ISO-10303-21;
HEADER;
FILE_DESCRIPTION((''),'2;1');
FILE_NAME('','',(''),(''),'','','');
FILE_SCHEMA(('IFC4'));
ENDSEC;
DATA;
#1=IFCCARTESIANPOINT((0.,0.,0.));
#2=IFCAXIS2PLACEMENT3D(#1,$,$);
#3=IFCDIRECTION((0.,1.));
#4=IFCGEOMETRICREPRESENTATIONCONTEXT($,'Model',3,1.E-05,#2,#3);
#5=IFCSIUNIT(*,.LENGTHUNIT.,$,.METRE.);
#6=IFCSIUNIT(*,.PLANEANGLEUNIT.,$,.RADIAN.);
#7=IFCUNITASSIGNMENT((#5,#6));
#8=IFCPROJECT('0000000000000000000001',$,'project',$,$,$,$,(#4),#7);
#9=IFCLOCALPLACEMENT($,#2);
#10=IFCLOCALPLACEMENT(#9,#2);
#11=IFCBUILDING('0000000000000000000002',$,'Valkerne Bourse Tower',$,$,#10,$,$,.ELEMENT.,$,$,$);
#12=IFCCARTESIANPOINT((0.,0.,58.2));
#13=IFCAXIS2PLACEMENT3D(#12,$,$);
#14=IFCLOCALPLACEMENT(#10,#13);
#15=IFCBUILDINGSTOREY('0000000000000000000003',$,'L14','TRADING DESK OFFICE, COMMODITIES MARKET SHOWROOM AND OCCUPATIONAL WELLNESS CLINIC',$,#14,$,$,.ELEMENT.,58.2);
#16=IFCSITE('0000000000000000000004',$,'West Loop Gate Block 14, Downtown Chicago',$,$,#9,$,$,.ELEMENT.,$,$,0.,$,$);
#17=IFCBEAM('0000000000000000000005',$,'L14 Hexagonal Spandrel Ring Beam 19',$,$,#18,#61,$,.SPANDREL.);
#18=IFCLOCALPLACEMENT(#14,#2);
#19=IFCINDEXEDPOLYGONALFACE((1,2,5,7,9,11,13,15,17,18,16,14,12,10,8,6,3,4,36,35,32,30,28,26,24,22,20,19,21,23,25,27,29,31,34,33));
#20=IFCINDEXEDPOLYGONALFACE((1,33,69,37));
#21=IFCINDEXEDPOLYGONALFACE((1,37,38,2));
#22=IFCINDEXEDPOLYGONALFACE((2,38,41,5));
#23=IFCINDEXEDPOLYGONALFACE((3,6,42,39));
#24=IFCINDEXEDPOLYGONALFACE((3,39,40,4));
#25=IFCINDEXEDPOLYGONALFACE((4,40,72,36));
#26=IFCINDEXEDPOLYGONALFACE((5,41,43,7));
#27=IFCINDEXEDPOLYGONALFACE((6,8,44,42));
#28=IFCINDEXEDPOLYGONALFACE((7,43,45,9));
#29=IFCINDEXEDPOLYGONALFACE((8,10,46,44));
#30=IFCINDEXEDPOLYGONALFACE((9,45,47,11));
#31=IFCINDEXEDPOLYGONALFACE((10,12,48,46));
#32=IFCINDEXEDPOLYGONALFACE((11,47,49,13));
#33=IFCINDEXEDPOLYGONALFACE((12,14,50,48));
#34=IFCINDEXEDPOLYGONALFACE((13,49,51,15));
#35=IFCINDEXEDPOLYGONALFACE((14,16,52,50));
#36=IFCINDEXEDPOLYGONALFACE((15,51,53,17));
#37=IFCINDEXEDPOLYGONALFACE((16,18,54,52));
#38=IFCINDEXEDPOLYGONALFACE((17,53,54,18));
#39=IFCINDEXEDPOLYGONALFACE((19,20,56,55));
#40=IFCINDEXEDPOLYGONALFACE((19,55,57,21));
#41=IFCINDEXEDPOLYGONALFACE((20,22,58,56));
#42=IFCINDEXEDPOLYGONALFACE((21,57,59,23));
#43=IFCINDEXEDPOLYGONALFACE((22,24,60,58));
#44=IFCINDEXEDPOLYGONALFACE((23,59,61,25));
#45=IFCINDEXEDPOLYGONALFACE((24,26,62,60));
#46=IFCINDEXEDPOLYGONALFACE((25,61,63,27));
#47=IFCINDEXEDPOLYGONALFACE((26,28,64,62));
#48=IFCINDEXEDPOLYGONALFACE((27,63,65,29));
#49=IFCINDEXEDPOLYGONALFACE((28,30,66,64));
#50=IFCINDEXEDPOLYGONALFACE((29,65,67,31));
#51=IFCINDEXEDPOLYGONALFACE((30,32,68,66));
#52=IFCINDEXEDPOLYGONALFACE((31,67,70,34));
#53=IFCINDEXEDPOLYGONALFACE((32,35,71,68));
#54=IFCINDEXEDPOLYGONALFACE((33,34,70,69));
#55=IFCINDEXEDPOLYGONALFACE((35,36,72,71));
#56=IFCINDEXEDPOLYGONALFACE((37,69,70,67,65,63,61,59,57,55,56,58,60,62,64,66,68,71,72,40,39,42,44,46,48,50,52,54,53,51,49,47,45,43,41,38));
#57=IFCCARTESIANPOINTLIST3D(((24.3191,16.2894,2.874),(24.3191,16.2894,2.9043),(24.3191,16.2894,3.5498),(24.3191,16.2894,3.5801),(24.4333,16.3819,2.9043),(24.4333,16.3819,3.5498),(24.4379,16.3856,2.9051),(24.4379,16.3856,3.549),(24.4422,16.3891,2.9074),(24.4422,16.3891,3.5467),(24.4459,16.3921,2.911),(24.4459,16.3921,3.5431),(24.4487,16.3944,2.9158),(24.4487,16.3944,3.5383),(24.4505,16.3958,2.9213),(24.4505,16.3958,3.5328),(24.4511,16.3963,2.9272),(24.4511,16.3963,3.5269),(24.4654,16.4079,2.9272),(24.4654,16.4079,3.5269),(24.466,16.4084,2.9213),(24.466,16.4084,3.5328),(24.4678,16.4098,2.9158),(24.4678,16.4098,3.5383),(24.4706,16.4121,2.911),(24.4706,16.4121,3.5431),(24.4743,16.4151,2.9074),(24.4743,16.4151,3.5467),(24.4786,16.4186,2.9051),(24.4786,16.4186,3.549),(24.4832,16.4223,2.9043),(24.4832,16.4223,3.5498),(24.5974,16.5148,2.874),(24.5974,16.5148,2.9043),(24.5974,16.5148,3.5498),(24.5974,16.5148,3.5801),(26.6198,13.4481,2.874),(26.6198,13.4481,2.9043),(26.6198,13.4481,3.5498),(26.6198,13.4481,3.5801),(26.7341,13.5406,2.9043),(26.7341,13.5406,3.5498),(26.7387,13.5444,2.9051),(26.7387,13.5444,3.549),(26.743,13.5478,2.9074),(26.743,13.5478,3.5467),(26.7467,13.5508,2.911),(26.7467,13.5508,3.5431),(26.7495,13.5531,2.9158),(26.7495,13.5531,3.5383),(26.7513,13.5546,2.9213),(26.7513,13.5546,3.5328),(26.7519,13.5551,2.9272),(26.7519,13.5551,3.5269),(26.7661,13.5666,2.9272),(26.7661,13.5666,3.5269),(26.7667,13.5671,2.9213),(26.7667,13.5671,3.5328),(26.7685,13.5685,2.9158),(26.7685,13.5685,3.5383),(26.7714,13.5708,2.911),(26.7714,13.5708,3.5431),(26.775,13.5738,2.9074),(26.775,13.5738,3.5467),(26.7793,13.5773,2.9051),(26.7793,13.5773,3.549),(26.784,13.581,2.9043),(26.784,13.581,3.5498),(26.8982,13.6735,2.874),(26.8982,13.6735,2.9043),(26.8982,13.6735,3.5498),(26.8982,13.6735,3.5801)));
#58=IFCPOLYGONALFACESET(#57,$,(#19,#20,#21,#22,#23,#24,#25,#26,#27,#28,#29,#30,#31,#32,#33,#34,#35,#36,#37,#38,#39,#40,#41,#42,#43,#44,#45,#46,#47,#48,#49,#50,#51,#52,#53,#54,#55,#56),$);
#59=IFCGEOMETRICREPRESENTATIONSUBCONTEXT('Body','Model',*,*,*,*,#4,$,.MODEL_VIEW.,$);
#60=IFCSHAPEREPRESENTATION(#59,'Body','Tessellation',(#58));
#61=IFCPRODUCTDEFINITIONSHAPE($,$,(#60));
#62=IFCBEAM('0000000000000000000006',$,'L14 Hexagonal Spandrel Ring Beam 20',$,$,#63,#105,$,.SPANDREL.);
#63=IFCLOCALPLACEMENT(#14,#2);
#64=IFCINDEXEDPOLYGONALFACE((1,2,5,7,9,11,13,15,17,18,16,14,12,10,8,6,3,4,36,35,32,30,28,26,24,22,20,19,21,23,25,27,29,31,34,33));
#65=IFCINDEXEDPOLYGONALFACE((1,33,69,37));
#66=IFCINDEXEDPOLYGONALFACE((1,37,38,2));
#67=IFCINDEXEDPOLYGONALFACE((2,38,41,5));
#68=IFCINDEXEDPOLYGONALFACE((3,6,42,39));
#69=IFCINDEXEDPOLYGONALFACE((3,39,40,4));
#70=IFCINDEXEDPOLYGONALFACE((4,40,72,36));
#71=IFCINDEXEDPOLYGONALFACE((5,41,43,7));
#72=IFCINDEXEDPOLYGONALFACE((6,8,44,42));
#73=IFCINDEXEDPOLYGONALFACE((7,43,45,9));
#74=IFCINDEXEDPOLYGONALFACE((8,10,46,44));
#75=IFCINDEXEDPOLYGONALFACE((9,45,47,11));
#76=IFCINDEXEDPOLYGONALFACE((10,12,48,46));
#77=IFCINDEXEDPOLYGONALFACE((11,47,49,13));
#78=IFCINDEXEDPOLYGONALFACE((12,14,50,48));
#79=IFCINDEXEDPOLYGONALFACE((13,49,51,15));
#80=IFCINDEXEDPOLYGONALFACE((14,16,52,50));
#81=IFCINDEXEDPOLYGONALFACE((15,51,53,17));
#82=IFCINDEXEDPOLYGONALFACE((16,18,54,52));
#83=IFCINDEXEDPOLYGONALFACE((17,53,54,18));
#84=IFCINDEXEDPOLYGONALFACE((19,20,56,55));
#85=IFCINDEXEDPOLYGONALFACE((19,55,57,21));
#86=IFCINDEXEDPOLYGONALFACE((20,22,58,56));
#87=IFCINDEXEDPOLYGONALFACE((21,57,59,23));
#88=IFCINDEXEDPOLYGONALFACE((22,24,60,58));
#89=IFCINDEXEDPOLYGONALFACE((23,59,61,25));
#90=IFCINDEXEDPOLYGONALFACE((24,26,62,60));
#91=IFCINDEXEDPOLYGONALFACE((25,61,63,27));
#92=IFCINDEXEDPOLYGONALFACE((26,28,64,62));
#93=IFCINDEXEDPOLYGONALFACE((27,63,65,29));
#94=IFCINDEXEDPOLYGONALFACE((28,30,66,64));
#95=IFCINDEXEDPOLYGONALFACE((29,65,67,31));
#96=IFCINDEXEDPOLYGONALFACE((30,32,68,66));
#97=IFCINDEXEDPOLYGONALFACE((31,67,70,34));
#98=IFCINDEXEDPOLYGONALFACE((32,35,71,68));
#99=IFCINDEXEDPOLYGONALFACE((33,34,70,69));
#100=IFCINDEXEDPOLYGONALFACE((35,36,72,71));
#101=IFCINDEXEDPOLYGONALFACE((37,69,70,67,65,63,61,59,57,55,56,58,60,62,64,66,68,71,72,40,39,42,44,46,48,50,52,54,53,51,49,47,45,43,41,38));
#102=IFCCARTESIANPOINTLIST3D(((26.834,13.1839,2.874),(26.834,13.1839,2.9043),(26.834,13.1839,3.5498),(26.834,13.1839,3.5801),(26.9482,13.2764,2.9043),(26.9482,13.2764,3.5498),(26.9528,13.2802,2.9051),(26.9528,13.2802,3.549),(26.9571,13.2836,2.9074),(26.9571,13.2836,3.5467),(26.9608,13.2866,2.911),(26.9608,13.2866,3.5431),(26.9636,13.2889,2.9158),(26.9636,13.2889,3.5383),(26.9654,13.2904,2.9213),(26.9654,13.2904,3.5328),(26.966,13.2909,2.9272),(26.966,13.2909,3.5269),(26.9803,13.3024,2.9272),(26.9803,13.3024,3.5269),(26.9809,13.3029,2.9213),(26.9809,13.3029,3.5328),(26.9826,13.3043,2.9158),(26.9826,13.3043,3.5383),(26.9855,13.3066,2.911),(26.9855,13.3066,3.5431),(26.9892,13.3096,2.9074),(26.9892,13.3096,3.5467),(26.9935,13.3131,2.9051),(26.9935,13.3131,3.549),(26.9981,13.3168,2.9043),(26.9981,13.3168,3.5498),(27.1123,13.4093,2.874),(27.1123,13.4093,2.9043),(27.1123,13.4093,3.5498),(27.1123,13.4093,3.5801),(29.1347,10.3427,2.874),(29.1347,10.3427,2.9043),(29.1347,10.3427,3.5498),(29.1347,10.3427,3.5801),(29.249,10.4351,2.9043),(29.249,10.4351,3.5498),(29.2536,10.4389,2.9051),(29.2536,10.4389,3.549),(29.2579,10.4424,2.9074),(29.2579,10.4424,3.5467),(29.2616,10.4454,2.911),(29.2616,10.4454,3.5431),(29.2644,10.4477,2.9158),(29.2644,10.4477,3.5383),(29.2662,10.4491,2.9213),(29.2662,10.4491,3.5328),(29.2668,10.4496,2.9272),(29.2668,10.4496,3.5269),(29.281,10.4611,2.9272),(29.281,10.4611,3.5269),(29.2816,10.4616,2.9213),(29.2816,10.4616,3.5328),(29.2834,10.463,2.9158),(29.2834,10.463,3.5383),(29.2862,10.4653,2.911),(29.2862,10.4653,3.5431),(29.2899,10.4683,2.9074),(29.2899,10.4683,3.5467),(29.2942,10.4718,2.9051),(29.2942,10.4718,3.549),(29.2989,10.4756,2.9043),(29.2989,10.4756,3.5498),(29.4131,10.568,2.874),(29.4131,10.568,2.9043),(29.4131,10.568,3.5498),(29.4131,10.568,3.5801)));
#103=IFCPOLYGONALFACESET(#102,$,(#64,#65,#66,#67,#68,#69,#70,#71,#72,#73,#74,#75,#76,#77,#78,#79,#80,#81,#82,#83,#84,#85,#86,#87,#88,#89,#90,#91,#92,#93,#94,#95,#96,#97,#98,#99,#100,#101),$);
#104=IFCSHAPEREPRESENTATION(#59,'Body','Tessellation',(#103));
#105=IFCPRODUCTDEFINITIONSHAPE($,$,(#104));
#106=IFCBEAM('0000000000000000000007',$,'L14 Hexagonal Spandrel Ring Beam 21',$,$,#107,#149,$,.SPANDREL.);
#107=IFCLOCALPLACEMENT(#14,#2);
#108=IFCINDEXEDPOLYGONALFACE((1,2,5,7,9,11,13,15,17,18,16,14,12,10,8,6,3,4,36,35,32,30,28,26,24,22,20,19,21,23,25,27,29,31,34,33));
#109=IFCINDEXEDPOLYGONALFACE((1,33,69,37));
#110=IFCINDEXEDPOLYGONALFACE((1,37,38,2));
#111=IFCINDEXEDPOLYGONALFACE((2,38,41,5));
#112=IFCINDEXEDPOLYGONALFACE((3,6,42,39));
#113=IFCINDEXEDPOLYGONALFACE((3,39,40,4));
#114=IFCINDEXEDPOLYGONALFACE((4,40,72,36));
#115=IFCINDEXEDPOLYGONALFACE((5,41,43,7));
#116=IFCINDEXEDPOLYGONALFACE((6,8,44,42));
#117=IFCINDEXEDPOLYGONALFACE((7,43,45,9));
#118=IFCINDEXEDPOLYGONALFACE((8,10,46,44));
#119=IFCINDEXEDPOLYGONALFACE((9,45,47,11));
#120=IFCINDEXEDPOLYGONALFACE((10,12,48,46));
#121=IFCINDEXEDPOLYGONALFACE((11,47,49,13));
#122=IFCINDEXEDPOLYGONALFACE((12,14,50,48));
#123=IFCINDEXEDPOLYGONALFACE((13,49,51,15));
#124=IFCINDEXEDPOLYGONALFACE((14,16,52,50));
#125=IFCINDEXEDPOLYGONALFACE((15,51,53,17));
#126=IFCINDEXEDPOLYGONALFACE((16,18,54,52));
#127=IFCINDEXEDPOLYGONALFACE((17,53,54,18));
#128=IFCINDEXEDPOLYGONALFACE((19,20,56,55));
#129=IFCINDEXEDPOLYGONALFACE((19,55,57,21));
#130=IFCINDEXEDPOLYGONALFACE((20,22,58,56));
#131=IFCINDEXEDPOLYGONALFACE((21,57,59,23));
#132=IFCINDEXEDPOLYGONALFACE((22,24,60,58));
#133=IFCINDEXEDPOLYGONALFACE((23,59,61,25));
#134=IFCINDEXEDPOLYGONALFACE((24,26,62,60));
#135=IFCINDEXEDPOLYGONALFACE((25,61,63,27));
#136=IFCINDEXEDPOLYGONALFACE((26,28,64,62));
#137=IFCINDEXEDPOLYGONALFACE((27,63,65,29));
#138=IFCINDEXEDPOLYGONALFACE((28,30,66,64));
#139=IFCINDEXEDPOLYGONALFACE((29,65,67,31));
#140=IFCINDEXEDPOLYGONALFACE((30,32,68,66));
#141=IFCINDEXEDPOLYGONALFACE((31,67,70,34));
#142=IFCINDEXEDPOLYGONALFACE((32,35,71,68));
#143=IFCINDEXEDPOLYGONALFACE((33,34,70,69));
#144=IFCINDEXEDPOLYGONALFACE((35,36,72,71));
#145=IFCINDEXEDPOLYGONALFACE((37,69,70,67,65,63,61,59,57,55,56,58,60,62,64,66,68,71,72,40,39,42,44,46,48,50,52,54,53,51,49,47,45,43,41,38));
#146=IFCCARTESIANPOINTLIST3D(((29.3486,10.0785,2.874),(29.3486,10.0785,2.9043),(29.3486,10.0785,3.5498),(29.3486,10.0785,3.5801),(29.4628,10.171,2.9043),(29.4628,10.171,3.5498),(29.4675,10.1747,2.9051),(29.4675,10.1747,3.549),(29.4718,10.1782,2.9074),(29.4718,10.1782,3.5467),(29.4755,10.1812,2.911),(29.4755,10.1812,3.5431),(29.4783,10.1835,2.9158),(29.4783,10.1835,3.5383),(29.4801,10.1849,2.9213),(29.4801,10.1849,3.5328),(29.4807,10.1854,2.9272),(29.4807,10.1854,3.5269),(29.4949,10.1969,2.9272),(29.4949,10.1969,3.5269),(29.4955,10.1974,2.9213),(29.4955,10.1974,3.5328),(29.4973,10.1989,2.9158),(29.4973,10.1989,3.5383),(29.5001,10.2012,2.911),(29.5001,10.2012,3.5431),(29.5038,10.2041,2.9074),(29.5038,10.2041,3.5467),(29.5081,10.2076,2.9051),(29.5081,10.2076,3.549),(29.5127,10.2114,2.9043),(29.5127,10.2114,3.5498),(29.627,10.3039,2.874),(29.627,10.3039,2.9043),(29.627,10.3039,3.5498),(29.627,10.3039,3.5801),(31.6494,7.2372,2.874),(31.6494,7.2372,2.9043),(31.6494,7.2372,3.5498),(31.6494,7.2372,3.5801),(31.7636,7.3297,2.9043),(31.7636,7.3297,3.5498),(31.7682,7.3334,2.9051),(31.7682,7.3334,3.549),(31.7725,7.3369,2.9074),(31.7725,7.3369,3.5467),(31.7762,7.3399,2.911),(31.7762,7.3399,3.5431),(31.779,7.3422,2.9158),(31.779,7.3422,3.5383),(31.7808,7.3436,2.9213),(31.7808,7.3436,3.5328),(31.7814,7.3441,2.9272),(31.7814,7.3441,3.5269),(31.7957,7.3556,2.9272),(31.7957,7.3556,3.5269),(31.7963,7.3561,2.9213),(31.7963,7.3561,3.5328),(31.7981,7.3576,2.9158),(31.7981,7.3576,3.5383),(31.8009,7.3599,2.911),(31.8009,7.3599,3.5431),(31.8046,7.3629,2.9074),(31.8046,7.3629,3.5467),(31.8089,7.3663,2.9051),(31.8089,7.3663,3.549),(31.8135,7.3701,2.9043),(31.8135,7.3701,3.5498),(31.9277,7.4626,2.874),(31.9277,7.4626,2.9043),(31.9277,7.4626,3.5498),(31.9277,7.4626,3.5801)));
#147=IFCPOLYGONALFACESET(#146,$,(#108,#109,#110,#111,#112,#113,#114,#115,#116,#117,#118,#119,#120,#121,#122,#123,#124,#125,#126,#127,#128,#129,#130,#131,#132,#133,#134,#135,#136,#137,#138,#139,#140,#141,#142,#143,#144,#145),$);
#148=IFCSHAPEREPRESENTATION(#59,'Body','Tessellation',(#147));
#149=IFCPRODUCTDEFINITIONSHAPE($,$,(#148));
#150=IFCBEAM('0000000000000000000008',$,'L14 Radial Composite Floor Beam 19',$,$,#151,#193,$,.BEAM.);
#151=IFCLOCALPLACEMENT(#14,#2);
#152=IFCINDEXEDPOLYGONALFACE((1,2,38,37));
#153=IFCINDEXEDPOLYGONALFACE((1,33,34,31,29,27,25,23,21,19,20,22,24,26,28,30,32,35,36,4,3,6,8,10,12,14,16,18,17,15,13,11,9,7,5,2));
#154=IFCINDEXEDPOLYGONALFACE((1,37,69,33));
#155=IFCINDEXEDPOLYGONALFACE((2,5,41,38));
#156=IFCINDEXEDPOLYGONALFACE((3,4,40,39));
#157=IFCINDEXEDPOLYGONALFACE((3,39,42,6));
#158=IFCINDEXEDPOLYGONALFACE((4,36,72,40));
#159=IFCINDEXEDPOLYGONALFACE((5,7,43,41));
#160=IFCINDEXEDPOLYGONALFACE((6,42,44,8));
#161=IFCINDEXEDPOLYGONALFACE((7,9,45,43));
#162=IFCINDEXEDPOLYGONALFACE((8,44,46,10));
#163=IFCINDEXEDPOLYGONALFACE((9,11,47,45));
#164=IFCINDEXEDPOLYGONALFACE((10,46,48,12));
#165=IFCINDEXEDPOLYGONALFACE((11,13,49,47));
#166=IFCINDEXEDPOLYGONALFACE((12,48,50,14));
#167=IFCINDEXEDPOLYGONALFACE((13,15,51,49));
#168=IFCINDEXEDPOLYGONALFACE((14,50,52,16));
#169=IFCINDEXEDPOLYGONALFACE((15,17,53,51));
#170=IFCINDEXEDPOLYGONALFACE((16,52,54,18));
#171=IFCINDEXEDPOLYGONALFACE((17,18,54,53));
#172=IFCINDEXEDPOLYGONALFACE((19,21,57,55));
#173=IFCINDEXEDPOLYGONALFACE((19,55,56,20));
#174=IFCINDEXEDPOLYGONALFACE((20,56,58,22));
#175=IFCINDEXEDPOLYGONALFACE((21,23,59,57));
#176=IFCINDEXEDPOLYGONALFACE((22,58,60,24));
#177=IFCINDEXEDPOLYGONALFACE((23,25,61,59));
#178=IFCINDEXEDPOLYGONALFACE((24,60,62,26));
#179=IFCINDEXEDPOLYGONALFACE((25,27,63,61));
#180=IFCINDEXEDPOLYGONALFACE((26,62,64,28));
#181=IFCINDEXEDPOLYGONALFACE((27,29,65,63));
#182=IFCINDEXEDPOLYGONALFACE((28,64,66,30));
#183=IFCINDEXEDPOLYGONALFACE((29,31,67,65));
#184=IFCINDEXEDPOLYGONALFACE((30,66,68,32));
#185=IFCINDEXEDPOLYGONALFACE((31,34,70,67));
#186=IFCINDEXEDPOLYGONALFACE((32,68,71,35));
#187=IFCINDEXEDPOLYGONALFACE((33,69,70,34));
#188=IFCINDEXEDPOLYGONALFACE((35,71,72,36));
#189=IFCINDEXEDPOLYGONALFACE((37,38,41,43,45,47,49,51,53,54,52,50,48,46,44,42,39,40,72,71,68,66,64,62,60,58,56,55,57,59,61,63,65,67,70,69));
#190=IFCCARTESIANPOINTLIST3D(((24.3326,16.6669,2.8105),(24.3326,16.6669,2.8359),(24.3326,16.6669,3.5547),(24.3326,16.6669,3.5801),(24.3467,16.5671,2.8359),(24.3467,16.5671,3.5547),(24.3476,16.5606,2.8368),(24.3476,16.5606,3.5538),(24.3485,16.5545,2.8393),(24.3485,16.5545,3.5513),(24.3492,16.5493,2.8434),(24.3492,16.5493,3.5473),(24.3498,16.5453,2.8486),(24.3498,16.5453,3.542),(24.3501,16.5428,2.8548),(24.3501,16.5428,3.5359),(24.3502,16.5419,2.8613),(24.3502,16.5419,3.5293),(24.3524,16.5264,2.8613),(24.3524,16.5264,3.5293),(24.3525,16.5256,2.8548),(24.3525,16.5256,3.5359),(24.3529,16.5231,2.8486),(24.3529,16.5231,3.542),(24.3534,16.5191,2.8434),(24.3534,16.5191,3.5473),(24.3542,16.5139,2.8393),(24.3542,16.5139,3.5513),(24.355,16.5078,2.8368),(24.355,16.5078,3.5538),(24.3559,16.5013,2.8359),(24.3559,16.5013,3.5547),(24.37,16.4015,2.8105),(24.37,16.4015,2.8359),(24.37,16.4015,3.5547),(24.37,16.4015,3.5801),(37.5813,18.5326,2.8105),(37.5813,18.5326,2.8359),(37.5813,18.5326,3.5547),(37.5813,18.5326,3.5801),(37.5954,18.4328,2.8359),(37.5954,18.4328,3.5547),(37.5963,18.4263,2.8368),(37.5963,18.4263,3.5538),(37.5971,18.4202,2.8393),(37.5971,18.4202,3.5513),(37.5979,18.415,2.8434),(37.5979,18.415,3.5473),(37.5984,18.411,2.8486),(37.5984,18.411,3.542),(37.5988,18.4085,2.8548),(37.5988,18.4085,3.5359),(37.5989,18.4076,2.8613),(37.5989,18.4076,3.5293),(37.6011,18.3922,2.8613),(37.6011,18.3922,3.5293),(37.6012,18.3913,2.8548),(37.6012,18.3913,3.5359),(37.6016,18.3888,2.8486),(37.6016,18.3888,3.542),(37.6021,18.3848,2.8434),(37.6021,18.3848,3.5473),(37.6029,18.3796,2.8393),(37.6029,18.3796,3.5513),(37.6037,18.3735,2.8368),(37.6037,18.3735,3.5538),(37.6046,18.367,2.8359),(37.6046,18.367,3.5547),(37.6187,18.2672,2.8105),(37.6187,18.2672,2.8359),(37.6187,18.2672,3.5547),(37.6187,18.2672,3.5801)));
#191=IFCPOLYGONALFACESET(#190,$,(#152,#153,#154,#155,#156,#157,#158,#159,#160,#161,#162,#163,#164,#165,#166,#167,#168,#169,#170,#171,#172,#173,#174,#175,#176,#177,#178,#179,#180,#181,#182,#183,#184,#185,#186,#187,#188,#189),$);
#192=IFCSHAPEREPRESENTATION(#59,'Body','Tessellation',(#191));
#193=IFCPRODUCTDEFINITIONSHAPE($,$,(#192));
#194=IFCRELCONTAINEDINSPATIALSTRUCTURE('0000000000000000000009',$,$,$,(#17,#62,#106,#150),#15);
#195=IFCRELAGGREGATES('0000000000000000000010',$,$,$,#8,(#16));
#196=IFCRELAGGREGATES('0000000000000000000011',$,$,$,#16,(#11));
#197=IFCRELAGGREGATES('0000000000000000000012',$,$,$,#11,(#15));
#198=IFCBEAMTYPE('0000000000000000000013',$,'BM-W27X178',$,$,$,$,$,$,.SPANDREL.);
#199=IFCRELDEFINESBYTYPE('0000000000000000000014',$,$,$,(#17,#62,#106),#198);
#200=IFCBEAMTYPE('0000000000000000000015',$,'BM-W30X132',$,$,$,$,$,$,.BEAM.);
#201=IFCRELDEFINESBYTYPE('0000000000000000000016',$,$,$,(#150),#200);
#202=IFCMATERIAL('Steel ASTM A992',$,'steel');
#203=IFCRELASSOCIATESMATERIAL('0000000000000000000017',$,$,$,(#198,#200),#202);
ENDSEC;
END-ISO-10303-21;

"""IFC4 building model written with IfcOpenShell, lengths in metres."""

from ifc_helpers import new_model, si_unit, direction, frame, origin, origin_2d, place, context, subcontext, project, spatial, i_section, extrude, material, material_profile, profile_set, type_object, element, save


model = new_model("IFC4")

# Units and contexts
model_context = context("Model", 3, precision=1e-05, world=origin(), true_north=direction((0.0, 1.0)))
body_context = subcontext(model_context, "Body", "Model", "MODEL_VIEW")
ifc_project = project(units=[si_unit("LENGTHUNIT", "METRE"), si_unit("PLANEANGLEUNIT", "RADIAN")], contexts=[model_context])

# Site, building, storey
site_placement = place(None, origin())
site = spatial("IfcSite", under=ifc_project, at=site_placement, Name="West Loop Gate Block 14, Downtown Chicago", CompositionType="ELEMENT", RefElevation=0.0)
building_placement = place(site_placement, origin())
building = spatial("IfcBuilding", under=site, at=building_placement, Name="Valkerne Bourse Tower", CompositionType="ELEMENT")
storey_placement = place(building_placement, frame((0.0, 0.0, 58.2)))
storey = spatial("IfcBuildingStorey", under=building, at=storey_placement, Name="L14", Description="TRADING DESK OFFICE, COMMODITIES MARKET SHOWROOM AND OCCUPATIONAL WELLNESS CLINIC", CompositionType="ELEMENT", Elevation=58.2)

# Beams
ifc_material_1 = material(Name="Steel ASTM A992", Category="steel")
ifc_material_profile_1 = material_profile(ifc_material_1, i_section(OverallWidth=0.3582, OverallDepth=0.7061, WebThickness=0.0183, FlangeThickness=0.0303, FilletRadius=0.0229, at=origin_2d()), Name="W27X178")
ifc_profile_set_1 = profile_set([ifc_material_profile_1], Name="Steel ASTM A992")
beam_type_1 = type_object("IfcBeamType", Name="BM-W27X178", PredefinedType="SPANDREL", material=ifc_profile_set_1)
for number, where, z_axis, x_axis, name in (
    (1, (24.4583, 16.4021, 3.2271), (0.62931, -0.777155, 0.0), (0.777155, 0.62931, 0.0), "L14 Hexagonal Spandrel Ring Beam 19"),
    (2, (26.9731, 13.2966, 3.2271), (0.62931, -0.777155, 0.0), (0.777155, 0.62931, 0.0), "L14 Hexagonal Spandrel Ring Beam 20"),
    (3, (29.4878, 10.1912, 3.2271), (0.62931, -0.777155, 0.0), (0.777155, 0.62931, 0.0), "L14 Hexagonal Spandrel Ring Beam 21"),
):
    element("IfcBeam", number, at=place(storey_placement, frame(where, z_axis=z_axis, x_axis=x_axis)), inside=storey, type_object=beam_type_1, Name=name, PredefinedType="SPANDREL", context=body_context, shape_type="SweptSolid", body=[
        extrude(i_section(OverallWidth=0.3582, OverallDepth=0.7061, WebThickness=0.0183, FlangeThickness=0.0303, FilletRadius=0.0229, at=origin_2d()), origin(), (0.0, 0.0, 1.0), 3.656),
    ])
ifc_material_profile_2 = material_profile(ifc_material_1, i_section(OverallWidth=0.2681, OverallDepth=0.7695, WebThickness=0.0156, FlangeThickness=0.0254, FilletRadius=0.0254, at=origin_2d()), Name="W30X132")
ifc_profile_set_2 = profile_set([ifc_material_profile_2], Name="Steel ASTM A992")
beam_type_2 = type_object("IfcBeamType", Name="BM-W30X132", PredefinedType="BEAM", material=ifc_profile_set_2)
beam_1_placement = place(storey_placement, frame((24.3513, 16.5342, 3.1953), z_axis=(0.99023, 0.139446, 0.0), x_axis=(-0.139446, 0.99023, 0.0)))
element("IfcBeam", 4, at=beam_1_placement, inside=storey, type_object=beam_type_2, Name="L14 Radial Composite Floor Beam 19", PredefinedType="BEAM", context=body_context, shape_type="SweptSolid", body=[
    extrude(i_section(OverallWidth=0.2681, OverallDepth=0.7695, WebThickness=0.0156, FlangeThickness=0.0254, FilletRadius=0.0254, at=origin_2d()), origin(), (0.0, 0.0, 1.0), 13.3794),
])

save(model, "model.ifc")
